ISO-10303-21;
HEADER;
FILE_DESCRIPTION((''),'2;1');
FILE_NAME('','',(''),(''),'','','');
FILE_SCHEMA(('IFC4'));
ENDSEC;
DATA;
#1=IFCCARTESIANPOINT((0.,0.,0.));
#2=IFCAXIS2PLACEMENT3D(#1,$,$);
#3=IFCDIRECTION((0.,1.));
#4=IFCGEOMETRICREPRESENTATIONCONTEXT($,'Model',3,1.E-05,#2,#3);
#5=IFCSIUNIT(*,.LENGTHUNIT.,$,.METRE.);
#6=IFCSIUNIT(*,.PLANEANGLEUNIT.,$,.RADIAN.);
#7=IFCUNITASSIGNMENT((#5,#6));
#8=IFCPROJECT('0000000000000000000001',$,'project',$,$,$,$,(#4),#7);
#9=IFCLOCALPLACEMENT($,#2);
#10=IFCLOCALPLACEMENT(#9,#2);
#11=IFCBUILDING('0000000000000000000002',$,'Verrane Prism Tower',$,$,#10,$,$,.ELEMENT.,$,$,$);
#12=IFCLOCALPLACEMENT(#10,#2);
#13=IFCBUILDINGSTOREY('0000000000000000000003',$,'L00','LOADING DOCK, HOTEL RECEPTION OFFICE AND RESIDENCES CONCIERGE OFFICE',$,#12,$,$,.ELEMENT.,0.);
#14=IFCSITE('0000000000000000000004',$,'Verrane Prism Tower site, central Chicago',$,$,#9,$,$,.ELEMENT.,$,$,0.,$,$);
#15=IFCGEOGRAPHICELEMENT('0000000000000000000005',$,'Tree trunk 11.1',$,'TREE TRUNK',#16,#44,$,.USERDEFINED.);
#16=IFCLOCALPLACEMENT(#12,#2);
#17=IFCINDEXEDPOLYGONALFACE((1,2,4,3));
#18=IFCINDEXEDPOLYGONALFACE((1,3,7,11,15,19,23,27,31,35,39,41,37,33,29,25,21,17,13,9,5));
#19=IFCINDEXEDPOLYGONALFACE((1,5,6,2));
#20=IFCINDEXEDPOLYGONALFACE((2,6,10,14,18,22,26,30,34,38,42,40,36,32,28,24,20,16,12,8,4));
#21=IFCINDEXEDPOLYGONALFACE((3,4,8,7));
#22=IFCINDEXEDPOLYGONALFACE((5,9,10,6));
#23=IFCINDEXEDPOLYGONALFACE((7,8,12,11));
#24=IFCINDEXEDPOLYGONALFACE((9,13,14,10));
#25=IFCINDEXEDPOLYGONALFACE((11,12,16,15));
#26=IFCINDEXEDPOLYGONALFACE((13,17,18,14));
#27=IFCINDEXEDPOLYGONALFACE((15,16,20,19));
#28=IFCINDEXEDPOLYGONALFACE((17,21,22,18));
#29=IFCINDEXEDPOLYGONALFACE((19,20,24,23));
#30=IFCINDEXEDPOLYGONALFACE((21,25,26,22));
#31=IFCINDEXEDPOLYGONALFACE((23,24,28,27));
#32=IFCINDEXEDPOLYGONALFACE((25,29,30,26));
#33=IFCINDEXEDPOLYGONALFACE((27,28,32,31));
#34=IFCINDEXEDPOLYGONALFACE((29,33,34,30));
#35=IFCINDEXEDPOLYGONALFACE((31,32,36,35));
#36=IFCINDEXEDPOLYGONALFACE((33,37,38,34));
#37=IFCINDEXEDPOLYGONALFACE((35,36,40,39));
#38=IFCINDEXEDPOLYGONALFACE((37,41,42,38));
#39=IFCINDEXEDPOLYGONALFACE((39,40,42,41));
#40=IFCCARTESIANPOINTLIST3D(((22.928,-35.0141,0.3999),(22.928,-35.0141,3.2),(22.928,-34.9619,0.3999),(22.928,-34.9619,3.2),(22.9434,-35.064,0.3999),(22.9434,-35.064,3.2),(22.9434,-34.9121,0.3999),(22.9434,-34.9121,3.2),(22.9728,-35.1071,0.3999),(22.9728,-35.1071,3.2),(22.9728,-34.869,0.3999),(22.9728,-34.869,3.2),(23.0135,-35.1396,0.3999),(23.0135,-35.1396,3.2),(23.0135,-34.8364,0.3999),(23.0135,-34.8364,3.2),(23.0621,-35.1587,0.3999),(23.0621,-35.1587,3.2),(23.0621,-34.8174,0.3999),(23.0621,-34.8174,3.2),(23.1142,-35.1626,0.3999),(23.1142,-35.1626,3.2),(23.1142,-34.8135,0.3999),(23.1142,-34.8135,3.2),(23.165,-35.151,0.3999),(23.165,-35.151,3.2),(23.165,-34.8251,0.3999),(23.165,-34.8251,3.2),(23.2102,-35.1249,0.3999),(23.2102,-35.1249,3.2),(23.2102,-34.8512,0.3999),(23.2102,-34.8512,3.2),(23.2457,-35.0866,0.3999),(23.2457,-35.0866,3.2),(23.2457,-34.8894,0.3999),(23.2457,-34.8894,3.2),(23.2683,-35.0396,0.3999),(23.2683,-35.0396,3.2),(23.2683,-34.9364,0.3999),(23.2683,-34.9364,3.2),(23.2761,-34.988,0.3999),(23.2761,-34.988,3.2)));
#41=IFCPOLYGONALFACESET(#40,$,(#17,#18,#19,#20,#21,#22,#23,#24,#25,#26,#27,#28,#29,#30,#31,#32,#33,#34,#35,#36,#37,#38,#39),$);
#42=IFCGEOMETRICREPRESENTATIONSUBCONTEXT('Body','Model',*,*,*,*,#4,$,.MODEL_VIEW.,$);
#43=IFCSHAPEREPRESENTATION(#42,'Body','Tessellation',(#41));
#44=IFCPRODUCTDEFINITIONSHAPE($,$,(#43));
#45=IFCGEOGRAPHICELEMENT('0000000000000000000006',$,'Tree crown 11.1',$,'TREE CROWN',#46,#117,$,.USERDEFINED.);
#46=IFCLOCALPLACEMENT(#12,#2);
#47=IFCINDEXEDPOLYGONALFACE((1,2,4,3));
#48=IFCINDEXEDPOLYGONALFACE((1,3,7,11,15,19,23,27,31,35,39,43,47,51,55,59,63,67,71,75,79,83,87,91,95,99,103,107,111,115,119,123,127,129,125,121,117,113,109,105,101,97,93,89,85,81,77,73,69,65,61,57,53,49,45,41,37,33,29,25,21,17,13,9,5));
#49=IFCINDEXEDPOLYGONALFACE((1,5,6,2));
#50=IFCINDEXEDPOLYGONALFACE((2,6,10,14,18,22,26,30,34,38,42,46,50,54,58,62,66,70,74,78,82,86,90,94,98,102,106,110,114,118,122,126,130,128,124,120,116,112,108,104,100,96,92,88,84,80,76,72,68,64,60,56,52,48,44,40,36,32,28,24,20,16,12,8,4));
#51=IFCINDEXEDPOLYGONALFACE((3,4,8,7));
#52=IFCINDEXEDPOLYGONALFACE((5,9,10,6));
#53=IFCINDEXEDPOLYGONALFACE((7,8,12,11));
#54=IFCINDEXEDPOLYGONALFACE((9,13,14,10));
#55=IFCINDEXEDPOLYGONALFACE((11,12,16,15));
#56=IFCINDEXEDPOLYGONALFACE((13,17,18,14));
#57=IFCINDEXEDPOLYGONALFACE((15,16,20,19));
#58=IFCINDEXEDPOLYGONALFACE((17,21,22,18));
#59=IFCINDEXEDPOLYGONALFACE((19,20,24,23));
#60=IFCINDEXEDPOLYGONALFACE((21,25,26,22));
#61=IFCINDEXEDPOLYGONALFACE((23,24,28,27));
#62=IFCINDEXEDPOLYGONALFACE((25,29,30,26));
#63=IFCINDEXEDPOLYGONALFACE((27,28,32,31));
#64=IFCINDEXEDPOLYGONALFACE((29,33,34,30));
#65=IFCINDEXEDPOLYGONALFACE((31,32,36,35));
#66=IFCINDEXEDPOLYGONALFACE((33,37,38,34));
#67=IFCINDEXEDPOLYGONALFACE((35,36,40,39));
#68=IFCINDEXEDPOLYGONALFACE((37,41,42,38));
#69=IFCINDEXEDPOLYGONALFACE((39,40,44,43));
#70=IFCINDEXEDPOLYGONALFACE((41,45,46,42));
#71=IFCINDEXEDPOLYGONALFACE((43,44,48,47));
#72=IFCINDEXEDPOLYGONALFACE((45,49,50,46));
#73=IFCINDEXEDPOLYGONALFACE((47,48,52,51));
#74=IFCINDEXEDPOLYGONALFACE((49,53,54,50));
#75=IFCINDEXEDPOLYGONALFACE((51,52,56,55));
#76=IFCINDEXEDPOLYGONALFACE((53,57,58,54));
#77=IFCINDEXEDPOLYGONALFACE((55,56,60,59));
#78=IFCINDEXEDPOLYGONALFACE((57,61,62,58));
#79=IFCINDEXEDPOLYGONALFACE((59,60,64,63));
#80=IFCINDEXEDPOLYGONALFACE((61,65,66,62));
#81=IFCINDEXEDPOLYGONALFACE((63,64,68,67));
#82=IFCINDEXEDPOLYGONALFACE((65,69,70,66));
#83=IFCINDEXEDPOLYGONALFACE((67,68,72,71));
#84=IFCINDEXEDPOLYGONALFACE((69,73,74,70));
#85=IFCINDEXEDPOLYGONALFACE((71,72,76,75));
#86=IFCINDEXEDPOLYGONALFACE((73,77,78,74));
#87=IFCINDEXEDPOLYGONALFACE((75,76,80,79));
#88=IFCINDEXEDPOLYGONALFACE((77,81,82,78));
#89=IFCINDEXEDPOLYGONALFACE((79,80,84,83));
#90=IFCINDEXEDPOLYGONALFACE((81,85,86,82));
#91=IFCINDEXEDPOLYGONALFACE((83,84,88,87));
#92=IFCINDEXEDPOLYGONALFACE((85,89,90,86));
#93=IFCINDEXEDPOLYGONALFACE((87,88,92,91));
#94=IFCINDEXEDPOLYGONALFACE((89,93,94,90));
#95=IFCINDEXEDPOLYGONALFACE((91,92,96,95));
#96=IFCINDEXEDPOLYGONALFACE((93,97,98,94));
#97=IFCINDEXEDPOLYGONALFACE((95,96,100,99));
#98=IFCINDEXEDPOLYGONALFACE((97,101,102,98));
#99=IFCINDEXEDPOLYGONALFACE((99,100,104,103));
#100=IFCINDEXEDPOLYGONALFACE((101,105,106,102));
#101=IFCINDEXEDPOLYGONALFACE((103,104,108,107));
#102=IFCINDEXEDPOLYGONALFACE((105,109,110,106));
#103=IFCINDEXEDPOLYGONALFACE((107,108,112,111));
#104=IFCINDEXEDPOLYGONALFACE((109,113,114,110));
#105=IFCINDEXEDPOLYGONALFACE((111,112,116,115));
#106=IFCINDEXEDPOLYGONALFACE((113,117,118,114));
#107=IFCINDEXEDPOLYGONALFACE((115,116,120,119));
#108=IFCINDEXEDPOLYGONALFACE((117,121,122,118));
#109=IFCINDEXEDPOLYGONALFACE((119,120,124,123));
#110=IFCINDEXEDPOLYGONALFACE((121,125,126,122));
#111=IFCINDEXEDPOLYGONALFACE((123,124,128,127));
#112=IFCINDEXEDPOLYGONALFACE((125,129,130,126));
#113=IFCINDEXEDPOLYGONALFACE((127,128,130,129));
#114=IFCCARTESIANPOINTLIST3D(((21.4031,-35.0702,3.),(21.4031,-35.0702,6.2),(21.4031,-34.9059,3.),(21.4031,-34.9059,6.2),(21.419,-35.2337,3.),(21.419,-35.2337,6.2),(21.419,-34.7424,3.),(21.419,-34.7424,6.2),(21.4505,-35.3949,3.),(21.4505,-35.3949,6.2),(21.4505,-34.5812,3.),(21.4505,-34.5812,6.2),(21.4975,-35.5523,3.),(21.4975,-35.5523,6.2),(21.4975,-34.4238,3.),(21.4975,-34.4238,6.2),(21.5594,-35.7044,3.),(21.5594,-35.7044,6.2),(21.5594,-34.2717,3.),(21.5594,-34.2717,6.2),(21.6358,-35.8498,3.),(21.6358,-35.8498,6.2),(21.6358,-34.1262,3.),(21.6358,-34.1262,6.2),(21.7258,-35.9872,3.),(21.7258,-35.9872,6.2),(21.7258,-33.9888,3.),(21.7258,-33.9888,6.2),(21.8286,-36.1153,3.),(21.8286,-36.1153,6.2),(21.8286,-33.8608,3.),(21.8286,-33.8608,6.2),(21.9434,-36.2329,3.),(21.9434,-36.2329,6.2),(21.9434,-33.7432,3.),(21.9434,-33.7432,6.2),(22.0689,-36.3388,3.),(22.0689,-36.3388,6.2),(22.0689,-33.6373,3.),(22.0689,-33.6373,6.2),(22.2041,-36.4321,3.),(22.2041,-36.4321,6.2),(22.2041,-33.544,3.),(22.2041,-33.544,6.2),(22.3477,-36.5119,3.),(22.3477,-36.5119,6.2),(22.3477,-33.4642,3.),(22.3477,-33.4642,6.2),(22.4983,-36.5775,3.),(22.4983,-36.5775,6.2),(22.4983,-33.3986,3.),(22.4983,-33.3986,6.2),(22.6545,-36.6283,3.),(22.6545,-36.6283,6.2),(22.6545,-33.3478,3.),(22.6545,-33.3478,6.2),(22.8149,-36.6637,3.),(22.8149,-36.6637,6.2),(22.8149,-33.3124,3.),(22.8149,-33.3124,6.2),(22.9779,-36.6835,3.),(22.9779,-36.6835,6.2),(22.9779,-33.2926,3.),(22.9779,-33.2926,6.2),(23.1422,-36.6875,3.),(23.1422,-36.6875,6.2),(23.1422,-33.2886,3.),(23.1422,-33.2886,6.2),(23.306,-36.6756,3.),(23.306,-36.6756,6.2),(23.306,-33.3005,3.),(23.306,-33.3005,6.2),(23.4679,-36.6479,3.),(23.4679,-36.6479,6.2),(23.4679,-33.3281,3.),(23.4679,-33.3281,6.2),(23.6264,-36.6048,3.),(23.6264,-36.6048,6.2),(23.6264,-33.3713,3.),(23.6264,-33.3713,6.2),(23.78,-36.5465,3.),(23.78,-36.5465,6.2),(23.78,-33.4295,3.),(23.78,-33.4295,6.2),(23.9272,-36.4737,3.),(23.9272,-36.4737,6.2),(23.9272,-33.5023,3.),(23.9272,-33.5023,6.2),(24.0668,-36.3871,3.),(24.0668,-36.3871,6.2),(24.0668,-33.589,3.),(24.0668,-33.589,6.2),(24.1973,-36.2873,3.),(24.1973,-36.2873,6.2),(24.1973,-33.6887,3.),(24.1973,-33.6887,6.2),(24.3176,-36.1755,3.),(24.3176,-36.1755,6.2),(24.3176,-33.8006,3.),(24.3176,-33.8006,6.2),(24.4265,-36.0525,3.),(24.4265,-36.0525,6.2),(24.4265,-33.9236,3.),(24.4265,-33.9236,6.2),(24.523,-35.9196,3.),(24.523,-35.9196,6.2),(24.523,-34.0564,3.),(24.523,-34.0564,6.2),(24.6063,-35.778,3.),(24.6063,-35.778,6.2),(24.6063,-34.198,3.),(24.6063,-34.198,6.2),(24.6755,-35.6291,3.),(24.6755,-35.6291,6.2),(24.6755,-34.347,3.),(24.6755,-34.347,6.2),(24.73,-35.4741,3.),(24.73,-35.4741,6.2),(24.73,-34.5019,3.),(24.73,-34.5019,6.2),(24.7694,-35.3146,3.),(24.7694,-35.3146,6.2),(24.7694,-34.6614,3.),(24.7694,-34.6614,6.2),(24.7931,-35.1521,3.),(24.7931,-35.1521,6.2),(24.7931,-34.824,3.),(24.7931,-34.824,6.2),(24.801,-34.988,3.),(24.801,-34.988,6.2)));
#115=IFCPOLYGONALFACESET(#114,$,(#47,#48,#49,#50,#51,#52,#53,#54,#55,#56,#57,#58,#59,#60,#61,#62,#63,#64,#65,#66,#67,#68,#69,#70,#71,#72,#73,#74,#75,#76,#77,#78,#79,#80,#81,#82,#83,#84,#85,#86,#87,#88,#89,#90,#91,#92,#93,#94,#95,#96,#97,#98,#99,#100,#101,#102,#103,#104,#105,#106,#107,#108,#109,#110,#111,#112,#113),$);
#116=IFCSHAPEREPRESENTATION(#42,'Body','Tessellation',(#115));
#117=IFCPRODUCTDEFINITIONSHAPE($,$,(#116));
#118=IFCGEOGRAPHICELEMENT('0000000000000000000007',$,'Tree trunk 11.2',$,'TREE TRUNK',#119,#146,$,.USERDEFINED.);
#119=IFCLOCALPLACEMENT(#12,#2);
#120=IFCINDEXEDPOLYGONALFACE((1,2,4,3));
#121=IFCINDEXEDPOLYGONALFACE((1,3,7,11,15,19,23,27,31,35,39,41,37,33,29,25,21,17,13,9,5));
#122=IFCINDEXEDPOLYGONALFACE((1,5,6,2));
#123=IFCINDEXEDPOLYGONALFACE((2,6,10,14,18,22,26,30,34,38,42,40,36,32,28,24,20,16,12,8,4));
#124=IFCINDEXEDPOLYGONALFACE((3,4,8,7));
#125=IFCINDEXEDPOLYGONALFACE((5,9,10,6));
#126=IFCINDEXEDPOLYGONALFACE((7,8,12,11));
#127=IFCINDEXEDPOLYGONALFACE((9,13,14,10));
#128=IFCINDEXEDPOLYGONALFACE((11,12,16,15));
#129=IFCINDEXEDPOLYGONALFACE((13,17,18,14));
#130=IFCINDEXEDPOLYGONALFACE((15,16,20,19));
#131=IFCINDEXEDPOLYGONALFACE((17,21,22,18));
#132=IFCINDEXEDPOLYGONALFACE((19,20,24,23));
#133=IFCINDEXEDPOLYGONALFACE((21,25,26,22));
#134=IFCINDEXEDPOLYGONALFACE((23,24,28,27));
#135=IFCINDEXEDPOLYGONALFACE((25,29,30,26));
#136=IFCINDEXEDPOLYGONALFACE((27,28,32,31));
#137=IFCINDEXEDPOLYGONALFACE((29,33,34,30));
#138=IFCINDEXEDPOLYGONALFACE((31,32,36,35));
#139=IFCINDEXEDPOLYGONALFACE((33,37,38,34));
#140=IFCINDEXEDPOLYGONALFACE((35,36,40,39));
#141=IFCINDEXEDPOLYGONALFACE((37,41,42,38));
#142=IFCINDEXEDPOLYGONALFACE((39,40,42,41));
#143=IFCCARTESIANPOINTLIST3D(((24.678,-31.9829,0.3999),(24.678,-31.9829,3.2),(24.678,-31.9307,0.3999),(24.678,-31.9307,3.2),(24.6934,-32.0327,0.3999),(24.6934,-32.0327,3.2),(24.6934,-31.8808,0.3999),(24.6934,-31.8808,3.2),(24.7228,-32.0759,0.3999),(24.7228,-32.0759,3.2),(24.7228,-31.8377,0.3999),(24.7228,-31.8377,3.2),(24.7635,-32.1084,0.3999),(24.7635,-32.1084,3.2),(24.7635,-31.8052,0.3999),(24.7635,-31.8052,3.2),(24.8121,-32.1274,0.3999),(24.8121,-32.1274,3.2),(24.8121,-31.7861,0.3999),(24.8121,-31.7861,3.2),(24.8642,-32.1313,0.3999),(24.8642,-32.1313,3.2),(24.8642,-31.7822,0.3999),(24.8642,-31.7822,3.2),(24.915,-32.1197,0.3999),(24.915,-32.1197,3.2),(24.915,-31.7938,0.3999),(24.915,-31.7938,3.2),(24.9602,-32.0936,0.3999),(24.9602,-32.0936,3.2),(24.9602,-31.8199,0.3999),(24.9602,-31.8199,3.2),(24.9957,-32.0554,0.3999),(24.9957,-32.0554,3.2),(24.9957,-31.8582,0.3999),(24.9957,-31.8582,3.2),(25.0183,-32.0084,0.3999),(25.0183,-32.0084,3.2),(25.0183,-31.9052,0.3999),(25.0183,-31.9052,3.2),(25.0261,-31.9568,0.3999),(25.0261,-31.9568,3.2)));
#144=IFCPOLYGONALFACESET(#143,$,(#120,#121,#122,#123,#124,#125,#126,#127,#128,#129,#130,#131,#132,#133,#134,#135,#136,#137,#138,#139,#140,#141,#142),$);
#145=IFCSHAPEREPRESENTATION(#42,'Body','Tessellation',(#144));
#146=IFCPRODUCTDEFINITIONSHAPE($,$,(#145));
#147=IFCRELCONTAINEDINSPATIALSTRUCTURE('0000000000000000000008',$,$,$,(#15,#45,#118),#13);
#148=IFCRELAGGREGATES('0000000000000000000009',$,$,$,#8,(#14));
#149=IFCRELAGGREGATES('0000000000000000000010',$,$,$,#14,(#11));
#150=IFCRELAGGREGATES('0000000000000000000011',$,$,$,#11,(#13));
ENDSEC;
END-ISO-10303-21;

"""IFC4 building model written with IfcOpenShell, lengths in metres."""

from ifc_helpers import new_model, si_unit, direction, frame, origin, origin_2d, place, context, subcontext, project, spatial, circle, extrude, element, save


model = new_model("IFC4")

# Units and contexts
model_context = context("Model", 3, precision=1e-05, world=origin(), true_north=direction((0.0, 1.0)))
body_context = subcontext(model_context, "Body", "Model", "MODEL_VIEW")
ifc_project = project(units=[si_unit("LENGTHUNIT", "METRE"), si_unit("PLANEANGLEUNIT", "RADIAN")], contexts=[model_context])

# Site, building, storey
site_placement = place(None, origin())
site = spatial("IfcSite", under=ifc_project, at=site_placement, Name="Verrane Prism Tower site, central Chicago", CompositionType="ELEMENT", RefElevation=0.0)
building_placement = place(site_placement, origin())
building = spatial("IfcBuilding", under=site, at=building_placement, Name="Verrane Prism Tower", CompositionType="ELEMENT")
storey_placement = place(building_placement, origin())
storey = spatial("IfcBuildingStorey", under=building, at=storey_placement, Name="L00", Description="LOADING DOCK, HOTEL RECEPTION OFFICE AND RESIDENCES CONCIERGE OFFICE", CompositionType="ELEMENT", Elevation=0.0)

# Geographic elements
geographic_element_1_placement = place(storey_placement, frame((23.1011, -34.988, 3.2), z_axis=(0.0, 0.0, -1.0), x_axis=(1.0, 0.0, 0.0)))
element("IfcGeographicElement", 1, at=geographic_element_1_placement, inside=storey, Name="Tree trunk 11.1", ObjectType="TREE TRUNK", PredefinedType="USERDEFINED", context=body_context, shape_type="SweptSolid", body=[
    extrude(circle(Radius=0.175, at=origin_2d()), origin(), (0.0, 0.0, 1.0), 2.8),
])
geographic_element_2_placement = place(storey_placement, frame((23.1011, -34.988, 6.2), z_axis=(0.0, 0.0, -1.0), x_axis=(1.0, 0.0, 0.0)))
element("IfcGeographicElement", 2, at=geographic_element_2_placement, inside=storey, Name="Tree crown 11.1", ObjectType="TREE CROWN", PredefinedType="USERDEFINED", context=body_context, shape_type="SweptSolid", body=[
    extrude(circle(Radius=1.7, at=origin_2d()), origin(), (0.0, 0.0, 1.0), 3.2),
])
geographic_element_3_placement = place(storey_placement, frame((24.8511, -31.9568, 3.2), z_axis=(0.0, 0.0, -1.0), x_axis=(1.0, 0.0, 0.0)))
element("IfcGeographicElement", 3, at=geographic_element_3_placement, inside=storey, Name="Tree trunk 11.2", ObjectType="TREE TRUNK", PredefinedType="USERDEFINED", context=body_context, shape_type="SweptSolid", body=[
    extrude(circle(Radius=0.175, at=origin_2d()), origin(), (0.0, 0.0, 1.0), 2.8),
])

save(model, "model.ifc")
